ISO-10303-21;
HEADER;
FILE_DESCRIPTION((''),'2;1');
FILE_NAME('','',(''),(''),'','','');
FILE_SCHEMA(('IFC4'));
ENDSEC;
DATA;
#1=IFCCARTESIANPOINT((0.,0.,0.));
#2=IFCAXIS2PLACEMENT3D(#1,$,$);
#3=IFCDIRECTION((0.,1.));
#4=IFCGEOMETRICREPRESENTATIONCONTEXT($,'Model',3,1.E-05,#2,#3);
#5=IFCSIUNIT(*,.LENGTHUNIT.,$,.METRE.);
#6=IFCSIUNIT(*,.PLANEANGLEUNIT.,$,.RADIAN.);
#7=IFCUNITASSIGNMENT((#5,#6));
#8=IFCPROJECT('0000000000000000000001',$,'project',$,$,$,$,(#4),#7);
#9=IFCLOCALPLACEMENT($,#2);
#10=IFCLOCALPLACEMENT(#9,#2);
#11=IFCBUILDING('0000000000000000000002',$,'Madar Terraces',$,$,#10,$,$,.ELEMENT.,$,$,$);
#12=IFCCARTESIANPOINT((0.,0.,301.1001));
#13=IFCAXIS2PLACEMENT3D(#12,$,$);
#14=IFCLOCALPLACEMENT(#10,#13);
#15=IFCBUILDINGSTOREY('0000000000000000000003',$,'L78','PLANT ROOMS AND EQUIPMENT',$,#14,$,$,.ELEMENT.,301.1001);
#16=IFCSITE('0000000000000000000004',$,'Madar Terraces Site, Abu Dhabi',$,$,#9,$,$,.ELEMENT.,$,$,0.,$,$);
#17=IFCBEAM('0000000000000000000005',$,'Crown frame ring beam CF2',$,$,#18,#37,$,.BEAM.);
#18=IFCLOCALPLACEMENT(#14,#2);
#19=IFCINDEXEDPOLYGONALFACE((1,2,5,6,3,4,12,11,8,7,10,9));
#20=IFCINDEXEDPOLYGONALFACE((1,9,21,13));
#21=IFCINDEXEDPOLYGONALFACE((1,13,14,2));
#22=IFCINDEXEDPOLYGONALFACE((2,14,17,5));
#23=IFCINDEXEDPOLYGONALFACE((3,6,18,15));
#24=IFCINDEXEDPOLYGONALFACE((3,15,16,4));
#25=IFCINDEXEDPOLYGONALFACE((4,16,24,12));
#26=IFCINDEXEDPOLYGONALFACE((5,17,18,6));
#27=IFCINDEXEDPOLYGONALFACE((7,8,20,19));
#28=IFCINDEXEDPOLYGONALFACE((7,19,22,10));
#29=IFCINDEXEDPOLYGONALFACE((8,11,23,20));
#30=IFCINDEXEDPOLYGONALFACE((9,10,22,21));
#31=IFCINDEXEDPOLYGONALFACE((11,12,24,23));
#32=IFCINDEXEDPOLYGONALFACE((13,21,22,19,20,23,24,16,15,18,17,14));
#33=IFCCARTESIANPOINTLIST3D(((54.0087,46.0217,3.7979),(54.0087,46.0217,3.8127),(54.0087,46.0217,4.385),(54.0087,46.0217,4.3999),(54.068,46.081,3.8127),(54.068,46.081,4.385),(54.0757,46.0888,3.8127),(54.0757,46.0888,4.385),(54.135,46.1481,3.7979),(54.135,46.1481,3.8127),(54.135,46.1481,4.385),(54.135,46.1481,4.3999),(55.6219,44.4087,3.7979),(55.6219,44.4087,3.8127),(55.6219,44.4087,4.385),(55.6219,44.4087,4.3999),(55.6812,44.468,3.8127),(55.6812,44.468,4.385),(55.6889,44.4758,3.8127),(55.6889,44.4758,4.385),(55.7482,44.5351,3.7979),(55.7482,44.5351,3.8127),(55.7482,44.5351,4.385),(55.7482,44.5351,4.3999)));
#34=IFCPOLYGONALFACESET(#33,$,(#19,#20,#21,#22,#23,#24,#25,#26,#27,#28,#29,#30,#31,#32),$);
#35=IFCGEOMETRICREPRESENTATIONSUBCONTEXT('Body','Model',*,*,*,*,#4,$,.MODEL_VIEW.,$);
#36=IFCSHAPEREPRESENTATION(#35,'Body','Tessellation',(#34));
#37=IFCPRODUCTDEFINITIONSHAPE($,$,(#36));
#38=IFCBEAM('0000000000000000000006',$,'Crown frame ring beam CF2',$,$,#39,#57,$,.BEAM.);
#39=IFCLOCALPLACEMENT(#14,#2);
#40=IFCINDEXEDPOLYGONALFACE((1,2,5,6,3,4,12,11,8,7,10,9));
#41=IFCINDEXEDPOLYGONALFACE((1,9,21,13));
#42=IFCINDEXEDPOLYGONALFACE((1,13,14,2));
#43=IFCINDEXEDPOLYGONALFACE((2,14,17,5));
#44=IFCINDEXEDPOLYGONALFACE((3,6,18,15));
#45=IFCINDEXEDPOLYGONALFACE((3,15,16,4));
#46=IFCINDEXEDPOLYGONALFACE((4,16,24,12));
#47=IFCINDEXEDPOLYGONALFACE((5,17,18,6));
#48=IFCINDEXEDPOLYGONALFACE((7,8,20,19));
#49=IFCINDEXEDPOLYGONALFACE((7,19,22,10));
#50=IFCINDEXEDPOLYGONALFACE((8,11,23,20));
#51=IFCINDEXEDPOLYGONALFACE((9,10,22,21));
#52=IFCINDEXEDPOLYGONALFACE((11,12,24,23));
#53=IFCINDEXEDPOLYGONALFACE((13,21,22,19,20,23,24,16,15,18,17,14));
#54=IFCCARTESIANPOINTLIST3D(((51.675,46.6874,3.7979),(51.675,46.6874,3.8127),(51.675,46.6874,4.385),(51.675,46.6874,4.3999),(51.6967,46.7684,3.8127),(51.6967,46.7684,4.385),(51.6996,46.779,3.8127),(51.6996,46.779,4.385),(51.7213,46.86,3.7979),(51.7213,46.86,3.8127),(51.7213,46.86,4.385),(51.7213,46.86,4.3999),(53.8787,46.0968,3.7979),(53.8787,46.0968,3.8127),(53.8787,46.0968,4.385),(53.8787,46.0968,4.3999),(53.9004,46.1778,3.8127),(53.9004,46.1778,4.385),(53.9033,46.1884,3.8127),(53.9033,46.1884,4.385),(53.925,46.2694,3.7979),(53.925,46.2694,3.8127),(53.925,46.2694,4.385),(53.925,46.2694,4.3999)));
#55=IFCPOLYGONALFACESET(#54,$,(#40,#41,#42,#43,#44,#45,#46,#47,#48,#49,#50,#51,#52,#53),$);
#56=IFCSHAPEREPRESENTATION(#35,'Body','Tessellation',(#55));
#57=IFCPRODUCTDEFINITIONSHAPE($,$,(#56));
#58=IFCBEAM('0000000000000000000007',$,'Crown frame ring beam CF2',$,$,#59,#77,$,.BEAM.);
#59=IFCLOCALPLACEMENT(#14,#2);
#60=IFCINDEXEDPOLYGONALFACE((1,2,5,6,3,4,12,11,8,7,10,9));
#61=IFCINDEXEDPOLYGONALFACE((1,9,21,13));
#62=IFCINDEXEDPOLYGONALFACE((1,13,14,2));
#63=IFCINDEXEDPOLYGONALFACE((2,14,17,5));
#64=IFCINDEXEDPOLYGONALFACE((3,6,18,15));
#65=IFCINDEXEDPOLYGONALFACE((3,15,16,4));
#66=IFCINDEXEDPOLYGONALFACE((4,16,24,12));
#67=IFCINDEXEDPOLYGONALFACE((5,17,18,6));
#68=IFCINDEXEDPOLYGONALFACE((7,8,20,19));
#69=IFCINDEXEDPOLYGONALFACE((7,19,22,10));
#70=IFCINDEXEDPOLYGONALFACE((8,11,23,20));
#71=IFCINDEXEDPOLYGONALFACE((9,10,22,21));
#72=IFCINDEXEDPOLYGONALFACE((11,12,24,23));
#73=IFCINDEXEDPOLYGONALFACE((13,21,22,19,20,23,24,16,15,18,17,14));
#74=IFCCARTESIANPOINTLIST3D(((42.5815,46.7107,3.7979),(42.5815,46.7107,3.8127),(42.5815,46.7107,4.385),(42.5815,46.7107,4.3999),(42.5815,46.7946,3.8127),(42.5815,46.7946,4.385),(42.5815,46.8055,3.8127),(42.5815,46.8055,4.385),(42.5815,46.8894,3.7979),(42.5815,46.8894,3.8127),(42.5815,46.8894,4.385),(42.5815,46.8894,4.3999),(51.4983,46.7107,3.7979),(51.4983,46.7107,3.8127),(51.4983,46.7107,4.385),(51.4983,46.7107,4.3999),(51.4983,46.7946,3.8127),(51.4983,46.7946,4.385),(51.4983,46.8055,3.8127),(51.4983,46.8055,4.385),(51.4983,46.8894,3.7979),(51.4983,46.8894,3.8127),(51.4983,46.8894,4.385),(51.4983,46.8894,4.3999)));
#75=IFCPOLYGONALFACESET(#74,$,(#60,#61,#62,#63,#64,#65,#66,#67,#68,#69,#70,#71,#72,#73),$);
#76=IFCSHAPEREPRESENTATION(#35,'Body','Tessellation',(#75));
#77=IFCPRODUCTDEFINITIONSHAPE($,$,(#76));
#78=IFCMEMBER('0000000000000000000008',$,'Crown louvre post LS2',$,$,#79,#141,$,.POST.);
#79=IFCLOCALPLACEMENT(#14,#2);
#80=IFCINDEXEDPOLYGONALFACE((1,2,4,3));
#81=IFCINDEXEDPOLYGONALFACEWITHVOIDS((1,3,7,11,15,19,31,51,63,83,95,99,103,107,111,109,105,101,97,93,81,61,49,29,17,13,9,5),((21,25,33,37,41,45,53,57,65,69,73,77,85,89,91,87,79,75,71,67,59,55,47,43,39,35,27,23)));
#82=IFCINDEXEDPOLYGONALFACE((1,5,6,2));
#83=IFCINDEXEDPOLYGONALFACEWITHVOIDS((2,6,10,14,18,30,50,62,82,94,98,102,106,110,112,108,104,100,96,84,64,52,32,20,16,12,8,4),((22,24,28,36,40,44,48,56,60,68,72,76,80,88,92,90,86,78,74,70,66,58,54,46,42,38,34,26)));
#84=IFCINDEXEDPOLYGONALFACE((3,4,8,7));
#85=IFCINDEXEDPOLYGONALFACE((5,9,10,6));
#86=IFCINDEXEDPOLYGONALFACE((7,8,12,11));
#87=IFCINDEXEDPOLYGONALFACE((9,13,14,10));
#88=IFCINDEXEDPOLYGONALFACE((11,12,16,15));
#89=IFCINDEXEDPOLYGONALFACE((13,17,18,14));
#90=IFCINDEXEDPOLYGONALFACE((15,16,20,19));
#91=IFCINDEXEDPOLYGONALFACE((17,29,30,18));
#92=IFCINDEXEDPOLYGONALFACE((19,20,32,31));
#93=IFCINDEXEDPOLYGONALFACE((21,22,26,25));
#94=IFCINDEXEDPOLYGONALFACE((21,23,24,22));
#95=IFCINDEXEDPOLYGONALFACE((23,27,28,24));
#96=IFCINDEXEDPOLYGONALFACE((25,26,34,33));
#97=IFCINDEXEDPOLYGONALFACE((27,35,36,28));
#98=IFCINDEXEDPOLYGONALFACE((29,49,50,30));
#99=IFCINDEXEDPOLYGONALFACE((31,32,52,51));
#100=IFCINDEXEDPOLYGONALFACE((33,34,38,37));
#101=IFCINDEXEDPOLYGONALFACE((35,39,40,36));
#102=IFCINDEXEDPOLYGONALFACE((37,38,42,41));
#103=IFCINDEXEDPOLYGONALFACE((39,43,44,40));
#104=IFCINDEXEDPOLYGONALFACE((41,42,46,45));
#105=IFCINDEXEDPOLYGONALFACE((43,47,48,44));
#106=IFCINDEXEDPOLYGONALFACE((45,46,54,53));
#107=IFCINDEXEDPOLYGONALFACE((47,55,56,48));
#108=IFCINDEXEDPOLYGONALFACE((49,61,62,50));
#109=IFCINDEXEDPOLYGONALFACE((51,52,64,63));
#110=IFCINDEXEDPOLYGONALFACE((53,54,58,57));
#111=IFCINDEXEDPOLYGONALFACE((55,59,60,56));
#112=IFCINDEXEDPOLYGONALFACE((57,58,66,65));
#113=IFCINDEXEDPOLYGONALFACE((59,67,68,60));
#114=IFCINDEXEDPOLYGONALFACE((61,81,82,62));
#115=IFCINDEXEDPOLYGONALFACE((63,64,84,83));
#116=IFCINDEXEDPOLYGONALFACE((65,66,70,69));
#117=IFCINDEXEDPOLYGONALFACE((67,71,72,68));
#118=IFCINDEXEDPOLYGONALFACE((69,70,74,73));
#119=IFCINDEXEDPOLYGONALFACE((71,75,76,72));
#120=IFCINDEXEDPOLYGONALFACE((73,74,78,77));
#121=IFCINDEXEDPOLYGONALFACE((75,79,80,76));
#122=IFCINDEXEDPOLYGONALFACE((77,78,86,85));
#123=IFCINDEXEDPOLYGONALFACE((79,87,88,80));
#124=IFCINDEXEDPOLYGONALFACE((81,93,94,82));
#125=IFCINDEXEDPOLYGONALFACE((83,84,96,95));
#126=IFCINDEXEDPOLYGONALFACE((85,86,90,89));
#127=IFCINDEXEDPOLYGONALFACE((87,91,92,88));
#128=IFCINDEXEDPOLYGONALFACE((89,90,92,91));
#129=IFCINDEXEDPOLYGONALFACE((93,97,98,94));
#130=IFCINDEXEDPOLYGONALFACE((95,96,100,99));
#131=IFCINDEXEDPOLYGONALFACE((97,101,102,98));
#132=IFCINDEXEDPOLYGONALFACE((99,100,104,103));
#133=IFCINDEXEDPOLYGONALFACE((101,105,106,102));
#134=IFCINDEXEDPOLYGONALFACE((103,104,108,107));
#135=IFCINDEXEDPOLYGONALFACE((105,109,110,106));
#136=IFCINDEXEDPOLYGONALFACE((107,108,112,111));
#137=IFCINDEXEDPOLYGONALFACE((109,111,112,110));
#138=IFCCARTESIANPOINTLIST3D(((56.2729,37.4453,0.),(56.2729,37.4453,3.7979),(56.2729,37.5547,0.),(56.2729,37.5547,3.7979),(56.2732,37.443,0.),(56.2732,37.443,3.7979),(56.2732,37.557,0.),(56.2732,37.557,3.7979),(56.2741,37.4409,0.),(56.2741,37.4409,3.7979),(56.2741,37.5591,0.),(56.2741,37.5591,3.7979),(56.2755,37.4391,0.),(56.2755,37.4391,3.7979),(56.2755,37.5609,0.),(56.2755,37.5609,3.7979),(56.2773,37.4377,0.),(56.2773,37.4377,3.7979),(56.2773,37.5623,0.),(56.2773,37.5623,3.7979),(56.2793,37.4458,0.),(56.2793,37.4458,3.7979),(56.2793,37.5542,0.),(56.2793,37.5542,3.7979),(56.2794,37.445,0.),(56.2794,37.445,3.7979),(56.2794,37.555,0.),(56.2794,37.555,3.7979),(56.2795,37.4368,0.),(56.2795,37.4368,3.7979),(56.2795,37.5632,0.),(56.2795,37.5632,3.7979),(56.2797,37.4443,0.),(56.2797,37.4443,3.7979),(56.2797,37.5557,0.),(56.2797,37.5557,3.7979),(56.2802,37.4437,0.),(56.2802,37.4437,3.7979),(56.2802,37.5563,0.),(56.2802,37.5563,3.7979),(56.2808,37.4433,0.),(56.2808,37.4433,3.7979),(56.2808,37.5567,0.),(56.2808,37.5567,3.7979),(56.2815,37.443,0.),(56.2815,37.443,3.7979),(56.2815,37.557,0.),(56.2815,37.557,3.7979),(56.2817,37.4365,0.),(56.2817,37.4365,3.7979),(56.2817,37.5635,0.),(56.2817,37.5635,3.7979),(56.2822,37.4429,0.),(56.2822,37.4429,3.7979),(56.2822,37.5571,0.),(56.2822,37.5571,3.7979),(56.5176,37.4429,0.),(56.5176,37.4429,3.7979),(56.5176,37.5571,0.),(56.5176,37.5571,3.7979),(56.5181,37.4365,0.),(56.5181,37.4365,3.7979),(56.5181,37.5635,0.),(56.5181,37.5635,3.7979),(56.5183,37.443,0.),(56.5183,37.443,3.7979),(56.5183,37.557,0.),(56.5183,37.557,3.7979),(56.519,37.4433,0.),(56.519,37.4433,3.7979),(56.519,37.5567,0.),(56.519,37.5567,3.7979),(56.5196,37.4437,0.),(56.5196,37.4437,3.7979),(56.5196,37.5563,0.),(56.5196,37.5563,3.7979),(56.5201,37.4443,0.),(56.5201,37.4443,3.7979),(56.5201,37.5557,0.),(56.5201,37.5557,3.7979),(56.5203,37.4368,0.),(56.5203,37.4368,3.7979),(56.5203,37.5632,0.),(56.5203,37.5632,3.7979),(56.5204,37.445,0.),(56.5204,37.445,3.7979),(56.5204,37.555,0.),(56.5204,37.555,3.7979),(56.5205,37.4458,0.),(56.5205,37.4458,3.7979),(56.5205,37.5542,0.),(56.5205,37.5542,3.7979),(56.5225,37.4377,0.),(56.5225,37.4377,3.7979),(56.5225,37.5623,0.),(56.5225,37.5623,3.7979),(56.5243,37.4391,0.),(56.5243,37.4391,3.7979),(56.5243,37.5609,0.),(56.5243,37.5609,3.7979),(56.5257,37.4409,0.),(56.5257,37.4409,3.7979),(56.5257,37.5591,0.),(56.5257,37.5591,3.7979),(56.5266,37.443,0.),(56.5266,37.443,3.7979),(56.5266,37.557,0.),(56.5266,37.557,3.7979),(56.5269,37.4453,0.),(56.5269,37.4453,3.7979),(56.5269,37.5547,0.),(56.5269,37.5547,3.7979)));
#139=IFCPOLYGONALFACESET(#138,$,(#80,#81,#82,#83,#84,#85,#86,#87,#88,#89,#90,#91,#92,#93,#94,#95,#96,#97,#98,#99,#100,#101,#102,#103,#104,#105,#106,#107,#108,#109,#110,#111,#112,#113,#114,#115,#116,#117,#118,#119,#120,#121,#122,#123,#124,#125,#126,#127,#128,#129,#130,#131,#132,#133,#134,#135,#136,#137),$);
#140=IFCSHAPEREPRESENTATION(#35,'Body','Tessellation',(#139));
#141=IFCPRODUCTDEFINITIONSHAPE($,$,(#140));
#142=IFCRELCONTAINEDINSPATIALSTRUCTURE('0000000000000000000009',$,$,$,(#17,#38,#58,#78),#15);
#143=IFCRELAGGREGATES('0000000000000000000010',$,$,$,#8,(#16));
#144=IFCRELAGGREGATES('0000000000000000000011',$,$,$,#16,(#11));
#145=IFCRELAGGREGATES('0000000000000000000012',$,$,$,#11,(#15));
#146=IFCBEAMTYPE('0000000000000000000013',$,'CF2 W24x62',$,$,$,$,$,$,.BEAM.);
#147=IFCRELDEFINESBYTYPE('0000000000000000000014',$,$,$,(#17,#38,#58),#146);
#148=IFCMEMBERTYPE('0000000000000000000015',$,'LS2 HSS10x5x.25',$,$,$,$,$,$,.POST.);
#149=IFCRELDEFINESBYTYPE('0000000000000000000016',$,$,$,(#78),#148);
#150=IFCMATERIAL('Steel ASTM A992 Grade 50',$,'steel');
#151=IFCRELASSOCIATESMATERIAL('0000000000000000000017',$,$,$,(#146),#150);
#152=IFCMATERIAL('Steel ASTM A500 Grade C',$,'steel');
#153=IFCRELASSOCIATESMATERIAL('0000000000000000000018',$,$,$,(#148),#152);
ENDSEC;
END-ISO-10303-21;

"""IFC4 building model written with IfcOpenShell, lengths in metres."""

from ifc_helpers import new_model, si_unit, direction, frame, origin, origin_2d, place, context, subcontext, project, spatial, hollow_rectangle, i_section, extrude, material, material_profile, profile_set, type_object, element, save


model = new_model("IFC4")

# Units and contexts
model_context = context("Model", 3, precision=1e-05, world=origin(), true_north=direction((0.0, 1.0)))
body_context = subcontext(model_context, "Body", "Model", "MODEL_VIEW")
ifc_project = project(units=[si_unit("LENGTHUNIT", "METRE"), si_unit("PLANEANGLEUNIT", "RADIAN")], contexts=[model_context])

# Site, building, storey
site_placement = place(None, origin())
site = spatial("IfcSite", under=ifc_project, at=site_placement, Name="Madar Terraces Site, Abu Dhabi", CompositionType="ELEMENT", RefElevation=0.0)
building_placement = place(site_placement, origin())
building = spatial("IfcBuilding", under=site, at=building_placement, Name="Madar Terraces", CompositionType="ELEMENT")
storey_placement = place(building_placement, frame((0.0, 0.0, 301.1001)))
storey = spatial("IfcBuildingStorey", under=building, at=storey_placement, Name="L78", Description="PLANT ROOMS AND EQUIPMENT", CompositionType="ELEMENT", Elevation=301.1001)

# Beams
ifc_material_1 = material(Name="Steel ASTM A992 Grade 50", Category="steel")
ifc_material_profile_1 = material_profile(ifc_material_1, i_section(OverallWidth=0.1787, OverallDepth=0.6021, WebThickness=0.011, FlangeThickness=0.0149, at=origin_2d()), Name="W24x62")
ifc_profile_set_1 = profile_set([ifc_material_profile_1], Name="Steel ASTM A992 Grade 50")
beam_type = type_object("IfcBeamType", Name="CF2 W24x62", PredefinedType="BEAM", material=ifc_profile_set_1)
beam_1_placement = place(storey_placement, frame((55.6851, 44.4719, 4.0989), z_axis=(-0.70716, 0.707053, 0.0), x_axis=(-0.707053, -0.70716, 0.0)))
element("IfcBeam", 1, at=beam_1_placement, inside=storey, type_object=beam_type, Name="Crown frame ring beam CF2", PredefinedType="BEAM", context=body_context, shape_type="SweptSolid", body=[
    extrude(i_section(OverallWidth=0.1787, OverallDepth=0.6021, WebThickness=0.011, FlangeThickness=0.0149, at=origin_2d()), origin(), (0.0, 0.0, 1.0), 2.2812),
])
beam_2_placement = place(storey_placement, frame((53.9019, 46.1831, 4.0989), z_axis=(-0.965913, 0.258868, 0.0), x_axis=(-0.258868, -0.965913, 0.0)))
element("IfcBeam", 2, at=beam_2_placement, inside=storey, type_object=beam_type, Name="Crown frame ring beam CF2", PredefinedType="BEAM", context=body_context, shape_type="SweptSolid", body=[
    extrude(i_section(OverallWidth=0.1787, OverallDepth=0.6021, WebThickness=0.011, FlangeThickness=0.0149, at=origin_2d()), origin(), (0.0, 0.0, 1.0), 2.2815),
])
beam_3_placement = place(storey_placement, frame((51.4983, 46.8, 4.0989), z_axis=(-1.0, 0.0, 0.0), x_axis=(0.0, -1.0, 0.0)))
element("IfcBeam", 3, at=beam_3_placement, inside=storey, type_object=beam_type, Name="Crown frame ring beam CF2", PredefinedType="BEAM", context=body_context, shape_type="SweptSolid", body=[
    extrude(i_section(OverallWidth=0.1787, OverallDepth=0.6021, WebThickness=0.011, FlangeThickness=0.0149, at=origin_2d()), origin(), (0.0, 0.0, 1.0), 8.9167),
])

# Member
ifc_material_2 = material(Name="Steel ASTM A500 Grade C", Category="steel")
ifc_material_profile_2 = material_profile(ifc_material_2, hollow_rectangle(XDim=0.127, YDim=0.2539, WallThickness=0.0063, InnerFilletRadius=0.0029, OuterFilletRadius=0.0088, at=origin_2d()), Name="HSS10x5x.25")
ifc_profile_set_2 = profile_set([ifc_material_profile_2], Name="Steel ASTM A500 Grade C")
member_type = type_object("IfcMemberType", Name="LS2 HSS10x5x.25", PredefinedType="POST", material=ifc_profile_set_2)
for number, where, z_axis, x_axis, name in (
    (4, (56.3999, 37.5, 0.0), (0.0, 0.0, 1.0), (0.0, 1.0, 0.0), "Crown louvre post LS2"),
):
    element("IfcMember", number, at=place(storey_placement, frame(where, z_axis=z_axis, x_axis=x_axis)), inside=storey, type_object=member_type, Name=name, PredefinedType="POST", context=body_context, shape_type="SweptSolid", body=[
        extrude(hollow_rectangle(XDim=0.127, YDim=0.2539, WallThickness=0.0063, InnerFilletRadius=0.0029, OuterFilletRadius=0.0088, at=origin_2d()), origin(), (0.0, 0.0, 1.0), 3.7979),
    ])

save(model, "model.ifc")
